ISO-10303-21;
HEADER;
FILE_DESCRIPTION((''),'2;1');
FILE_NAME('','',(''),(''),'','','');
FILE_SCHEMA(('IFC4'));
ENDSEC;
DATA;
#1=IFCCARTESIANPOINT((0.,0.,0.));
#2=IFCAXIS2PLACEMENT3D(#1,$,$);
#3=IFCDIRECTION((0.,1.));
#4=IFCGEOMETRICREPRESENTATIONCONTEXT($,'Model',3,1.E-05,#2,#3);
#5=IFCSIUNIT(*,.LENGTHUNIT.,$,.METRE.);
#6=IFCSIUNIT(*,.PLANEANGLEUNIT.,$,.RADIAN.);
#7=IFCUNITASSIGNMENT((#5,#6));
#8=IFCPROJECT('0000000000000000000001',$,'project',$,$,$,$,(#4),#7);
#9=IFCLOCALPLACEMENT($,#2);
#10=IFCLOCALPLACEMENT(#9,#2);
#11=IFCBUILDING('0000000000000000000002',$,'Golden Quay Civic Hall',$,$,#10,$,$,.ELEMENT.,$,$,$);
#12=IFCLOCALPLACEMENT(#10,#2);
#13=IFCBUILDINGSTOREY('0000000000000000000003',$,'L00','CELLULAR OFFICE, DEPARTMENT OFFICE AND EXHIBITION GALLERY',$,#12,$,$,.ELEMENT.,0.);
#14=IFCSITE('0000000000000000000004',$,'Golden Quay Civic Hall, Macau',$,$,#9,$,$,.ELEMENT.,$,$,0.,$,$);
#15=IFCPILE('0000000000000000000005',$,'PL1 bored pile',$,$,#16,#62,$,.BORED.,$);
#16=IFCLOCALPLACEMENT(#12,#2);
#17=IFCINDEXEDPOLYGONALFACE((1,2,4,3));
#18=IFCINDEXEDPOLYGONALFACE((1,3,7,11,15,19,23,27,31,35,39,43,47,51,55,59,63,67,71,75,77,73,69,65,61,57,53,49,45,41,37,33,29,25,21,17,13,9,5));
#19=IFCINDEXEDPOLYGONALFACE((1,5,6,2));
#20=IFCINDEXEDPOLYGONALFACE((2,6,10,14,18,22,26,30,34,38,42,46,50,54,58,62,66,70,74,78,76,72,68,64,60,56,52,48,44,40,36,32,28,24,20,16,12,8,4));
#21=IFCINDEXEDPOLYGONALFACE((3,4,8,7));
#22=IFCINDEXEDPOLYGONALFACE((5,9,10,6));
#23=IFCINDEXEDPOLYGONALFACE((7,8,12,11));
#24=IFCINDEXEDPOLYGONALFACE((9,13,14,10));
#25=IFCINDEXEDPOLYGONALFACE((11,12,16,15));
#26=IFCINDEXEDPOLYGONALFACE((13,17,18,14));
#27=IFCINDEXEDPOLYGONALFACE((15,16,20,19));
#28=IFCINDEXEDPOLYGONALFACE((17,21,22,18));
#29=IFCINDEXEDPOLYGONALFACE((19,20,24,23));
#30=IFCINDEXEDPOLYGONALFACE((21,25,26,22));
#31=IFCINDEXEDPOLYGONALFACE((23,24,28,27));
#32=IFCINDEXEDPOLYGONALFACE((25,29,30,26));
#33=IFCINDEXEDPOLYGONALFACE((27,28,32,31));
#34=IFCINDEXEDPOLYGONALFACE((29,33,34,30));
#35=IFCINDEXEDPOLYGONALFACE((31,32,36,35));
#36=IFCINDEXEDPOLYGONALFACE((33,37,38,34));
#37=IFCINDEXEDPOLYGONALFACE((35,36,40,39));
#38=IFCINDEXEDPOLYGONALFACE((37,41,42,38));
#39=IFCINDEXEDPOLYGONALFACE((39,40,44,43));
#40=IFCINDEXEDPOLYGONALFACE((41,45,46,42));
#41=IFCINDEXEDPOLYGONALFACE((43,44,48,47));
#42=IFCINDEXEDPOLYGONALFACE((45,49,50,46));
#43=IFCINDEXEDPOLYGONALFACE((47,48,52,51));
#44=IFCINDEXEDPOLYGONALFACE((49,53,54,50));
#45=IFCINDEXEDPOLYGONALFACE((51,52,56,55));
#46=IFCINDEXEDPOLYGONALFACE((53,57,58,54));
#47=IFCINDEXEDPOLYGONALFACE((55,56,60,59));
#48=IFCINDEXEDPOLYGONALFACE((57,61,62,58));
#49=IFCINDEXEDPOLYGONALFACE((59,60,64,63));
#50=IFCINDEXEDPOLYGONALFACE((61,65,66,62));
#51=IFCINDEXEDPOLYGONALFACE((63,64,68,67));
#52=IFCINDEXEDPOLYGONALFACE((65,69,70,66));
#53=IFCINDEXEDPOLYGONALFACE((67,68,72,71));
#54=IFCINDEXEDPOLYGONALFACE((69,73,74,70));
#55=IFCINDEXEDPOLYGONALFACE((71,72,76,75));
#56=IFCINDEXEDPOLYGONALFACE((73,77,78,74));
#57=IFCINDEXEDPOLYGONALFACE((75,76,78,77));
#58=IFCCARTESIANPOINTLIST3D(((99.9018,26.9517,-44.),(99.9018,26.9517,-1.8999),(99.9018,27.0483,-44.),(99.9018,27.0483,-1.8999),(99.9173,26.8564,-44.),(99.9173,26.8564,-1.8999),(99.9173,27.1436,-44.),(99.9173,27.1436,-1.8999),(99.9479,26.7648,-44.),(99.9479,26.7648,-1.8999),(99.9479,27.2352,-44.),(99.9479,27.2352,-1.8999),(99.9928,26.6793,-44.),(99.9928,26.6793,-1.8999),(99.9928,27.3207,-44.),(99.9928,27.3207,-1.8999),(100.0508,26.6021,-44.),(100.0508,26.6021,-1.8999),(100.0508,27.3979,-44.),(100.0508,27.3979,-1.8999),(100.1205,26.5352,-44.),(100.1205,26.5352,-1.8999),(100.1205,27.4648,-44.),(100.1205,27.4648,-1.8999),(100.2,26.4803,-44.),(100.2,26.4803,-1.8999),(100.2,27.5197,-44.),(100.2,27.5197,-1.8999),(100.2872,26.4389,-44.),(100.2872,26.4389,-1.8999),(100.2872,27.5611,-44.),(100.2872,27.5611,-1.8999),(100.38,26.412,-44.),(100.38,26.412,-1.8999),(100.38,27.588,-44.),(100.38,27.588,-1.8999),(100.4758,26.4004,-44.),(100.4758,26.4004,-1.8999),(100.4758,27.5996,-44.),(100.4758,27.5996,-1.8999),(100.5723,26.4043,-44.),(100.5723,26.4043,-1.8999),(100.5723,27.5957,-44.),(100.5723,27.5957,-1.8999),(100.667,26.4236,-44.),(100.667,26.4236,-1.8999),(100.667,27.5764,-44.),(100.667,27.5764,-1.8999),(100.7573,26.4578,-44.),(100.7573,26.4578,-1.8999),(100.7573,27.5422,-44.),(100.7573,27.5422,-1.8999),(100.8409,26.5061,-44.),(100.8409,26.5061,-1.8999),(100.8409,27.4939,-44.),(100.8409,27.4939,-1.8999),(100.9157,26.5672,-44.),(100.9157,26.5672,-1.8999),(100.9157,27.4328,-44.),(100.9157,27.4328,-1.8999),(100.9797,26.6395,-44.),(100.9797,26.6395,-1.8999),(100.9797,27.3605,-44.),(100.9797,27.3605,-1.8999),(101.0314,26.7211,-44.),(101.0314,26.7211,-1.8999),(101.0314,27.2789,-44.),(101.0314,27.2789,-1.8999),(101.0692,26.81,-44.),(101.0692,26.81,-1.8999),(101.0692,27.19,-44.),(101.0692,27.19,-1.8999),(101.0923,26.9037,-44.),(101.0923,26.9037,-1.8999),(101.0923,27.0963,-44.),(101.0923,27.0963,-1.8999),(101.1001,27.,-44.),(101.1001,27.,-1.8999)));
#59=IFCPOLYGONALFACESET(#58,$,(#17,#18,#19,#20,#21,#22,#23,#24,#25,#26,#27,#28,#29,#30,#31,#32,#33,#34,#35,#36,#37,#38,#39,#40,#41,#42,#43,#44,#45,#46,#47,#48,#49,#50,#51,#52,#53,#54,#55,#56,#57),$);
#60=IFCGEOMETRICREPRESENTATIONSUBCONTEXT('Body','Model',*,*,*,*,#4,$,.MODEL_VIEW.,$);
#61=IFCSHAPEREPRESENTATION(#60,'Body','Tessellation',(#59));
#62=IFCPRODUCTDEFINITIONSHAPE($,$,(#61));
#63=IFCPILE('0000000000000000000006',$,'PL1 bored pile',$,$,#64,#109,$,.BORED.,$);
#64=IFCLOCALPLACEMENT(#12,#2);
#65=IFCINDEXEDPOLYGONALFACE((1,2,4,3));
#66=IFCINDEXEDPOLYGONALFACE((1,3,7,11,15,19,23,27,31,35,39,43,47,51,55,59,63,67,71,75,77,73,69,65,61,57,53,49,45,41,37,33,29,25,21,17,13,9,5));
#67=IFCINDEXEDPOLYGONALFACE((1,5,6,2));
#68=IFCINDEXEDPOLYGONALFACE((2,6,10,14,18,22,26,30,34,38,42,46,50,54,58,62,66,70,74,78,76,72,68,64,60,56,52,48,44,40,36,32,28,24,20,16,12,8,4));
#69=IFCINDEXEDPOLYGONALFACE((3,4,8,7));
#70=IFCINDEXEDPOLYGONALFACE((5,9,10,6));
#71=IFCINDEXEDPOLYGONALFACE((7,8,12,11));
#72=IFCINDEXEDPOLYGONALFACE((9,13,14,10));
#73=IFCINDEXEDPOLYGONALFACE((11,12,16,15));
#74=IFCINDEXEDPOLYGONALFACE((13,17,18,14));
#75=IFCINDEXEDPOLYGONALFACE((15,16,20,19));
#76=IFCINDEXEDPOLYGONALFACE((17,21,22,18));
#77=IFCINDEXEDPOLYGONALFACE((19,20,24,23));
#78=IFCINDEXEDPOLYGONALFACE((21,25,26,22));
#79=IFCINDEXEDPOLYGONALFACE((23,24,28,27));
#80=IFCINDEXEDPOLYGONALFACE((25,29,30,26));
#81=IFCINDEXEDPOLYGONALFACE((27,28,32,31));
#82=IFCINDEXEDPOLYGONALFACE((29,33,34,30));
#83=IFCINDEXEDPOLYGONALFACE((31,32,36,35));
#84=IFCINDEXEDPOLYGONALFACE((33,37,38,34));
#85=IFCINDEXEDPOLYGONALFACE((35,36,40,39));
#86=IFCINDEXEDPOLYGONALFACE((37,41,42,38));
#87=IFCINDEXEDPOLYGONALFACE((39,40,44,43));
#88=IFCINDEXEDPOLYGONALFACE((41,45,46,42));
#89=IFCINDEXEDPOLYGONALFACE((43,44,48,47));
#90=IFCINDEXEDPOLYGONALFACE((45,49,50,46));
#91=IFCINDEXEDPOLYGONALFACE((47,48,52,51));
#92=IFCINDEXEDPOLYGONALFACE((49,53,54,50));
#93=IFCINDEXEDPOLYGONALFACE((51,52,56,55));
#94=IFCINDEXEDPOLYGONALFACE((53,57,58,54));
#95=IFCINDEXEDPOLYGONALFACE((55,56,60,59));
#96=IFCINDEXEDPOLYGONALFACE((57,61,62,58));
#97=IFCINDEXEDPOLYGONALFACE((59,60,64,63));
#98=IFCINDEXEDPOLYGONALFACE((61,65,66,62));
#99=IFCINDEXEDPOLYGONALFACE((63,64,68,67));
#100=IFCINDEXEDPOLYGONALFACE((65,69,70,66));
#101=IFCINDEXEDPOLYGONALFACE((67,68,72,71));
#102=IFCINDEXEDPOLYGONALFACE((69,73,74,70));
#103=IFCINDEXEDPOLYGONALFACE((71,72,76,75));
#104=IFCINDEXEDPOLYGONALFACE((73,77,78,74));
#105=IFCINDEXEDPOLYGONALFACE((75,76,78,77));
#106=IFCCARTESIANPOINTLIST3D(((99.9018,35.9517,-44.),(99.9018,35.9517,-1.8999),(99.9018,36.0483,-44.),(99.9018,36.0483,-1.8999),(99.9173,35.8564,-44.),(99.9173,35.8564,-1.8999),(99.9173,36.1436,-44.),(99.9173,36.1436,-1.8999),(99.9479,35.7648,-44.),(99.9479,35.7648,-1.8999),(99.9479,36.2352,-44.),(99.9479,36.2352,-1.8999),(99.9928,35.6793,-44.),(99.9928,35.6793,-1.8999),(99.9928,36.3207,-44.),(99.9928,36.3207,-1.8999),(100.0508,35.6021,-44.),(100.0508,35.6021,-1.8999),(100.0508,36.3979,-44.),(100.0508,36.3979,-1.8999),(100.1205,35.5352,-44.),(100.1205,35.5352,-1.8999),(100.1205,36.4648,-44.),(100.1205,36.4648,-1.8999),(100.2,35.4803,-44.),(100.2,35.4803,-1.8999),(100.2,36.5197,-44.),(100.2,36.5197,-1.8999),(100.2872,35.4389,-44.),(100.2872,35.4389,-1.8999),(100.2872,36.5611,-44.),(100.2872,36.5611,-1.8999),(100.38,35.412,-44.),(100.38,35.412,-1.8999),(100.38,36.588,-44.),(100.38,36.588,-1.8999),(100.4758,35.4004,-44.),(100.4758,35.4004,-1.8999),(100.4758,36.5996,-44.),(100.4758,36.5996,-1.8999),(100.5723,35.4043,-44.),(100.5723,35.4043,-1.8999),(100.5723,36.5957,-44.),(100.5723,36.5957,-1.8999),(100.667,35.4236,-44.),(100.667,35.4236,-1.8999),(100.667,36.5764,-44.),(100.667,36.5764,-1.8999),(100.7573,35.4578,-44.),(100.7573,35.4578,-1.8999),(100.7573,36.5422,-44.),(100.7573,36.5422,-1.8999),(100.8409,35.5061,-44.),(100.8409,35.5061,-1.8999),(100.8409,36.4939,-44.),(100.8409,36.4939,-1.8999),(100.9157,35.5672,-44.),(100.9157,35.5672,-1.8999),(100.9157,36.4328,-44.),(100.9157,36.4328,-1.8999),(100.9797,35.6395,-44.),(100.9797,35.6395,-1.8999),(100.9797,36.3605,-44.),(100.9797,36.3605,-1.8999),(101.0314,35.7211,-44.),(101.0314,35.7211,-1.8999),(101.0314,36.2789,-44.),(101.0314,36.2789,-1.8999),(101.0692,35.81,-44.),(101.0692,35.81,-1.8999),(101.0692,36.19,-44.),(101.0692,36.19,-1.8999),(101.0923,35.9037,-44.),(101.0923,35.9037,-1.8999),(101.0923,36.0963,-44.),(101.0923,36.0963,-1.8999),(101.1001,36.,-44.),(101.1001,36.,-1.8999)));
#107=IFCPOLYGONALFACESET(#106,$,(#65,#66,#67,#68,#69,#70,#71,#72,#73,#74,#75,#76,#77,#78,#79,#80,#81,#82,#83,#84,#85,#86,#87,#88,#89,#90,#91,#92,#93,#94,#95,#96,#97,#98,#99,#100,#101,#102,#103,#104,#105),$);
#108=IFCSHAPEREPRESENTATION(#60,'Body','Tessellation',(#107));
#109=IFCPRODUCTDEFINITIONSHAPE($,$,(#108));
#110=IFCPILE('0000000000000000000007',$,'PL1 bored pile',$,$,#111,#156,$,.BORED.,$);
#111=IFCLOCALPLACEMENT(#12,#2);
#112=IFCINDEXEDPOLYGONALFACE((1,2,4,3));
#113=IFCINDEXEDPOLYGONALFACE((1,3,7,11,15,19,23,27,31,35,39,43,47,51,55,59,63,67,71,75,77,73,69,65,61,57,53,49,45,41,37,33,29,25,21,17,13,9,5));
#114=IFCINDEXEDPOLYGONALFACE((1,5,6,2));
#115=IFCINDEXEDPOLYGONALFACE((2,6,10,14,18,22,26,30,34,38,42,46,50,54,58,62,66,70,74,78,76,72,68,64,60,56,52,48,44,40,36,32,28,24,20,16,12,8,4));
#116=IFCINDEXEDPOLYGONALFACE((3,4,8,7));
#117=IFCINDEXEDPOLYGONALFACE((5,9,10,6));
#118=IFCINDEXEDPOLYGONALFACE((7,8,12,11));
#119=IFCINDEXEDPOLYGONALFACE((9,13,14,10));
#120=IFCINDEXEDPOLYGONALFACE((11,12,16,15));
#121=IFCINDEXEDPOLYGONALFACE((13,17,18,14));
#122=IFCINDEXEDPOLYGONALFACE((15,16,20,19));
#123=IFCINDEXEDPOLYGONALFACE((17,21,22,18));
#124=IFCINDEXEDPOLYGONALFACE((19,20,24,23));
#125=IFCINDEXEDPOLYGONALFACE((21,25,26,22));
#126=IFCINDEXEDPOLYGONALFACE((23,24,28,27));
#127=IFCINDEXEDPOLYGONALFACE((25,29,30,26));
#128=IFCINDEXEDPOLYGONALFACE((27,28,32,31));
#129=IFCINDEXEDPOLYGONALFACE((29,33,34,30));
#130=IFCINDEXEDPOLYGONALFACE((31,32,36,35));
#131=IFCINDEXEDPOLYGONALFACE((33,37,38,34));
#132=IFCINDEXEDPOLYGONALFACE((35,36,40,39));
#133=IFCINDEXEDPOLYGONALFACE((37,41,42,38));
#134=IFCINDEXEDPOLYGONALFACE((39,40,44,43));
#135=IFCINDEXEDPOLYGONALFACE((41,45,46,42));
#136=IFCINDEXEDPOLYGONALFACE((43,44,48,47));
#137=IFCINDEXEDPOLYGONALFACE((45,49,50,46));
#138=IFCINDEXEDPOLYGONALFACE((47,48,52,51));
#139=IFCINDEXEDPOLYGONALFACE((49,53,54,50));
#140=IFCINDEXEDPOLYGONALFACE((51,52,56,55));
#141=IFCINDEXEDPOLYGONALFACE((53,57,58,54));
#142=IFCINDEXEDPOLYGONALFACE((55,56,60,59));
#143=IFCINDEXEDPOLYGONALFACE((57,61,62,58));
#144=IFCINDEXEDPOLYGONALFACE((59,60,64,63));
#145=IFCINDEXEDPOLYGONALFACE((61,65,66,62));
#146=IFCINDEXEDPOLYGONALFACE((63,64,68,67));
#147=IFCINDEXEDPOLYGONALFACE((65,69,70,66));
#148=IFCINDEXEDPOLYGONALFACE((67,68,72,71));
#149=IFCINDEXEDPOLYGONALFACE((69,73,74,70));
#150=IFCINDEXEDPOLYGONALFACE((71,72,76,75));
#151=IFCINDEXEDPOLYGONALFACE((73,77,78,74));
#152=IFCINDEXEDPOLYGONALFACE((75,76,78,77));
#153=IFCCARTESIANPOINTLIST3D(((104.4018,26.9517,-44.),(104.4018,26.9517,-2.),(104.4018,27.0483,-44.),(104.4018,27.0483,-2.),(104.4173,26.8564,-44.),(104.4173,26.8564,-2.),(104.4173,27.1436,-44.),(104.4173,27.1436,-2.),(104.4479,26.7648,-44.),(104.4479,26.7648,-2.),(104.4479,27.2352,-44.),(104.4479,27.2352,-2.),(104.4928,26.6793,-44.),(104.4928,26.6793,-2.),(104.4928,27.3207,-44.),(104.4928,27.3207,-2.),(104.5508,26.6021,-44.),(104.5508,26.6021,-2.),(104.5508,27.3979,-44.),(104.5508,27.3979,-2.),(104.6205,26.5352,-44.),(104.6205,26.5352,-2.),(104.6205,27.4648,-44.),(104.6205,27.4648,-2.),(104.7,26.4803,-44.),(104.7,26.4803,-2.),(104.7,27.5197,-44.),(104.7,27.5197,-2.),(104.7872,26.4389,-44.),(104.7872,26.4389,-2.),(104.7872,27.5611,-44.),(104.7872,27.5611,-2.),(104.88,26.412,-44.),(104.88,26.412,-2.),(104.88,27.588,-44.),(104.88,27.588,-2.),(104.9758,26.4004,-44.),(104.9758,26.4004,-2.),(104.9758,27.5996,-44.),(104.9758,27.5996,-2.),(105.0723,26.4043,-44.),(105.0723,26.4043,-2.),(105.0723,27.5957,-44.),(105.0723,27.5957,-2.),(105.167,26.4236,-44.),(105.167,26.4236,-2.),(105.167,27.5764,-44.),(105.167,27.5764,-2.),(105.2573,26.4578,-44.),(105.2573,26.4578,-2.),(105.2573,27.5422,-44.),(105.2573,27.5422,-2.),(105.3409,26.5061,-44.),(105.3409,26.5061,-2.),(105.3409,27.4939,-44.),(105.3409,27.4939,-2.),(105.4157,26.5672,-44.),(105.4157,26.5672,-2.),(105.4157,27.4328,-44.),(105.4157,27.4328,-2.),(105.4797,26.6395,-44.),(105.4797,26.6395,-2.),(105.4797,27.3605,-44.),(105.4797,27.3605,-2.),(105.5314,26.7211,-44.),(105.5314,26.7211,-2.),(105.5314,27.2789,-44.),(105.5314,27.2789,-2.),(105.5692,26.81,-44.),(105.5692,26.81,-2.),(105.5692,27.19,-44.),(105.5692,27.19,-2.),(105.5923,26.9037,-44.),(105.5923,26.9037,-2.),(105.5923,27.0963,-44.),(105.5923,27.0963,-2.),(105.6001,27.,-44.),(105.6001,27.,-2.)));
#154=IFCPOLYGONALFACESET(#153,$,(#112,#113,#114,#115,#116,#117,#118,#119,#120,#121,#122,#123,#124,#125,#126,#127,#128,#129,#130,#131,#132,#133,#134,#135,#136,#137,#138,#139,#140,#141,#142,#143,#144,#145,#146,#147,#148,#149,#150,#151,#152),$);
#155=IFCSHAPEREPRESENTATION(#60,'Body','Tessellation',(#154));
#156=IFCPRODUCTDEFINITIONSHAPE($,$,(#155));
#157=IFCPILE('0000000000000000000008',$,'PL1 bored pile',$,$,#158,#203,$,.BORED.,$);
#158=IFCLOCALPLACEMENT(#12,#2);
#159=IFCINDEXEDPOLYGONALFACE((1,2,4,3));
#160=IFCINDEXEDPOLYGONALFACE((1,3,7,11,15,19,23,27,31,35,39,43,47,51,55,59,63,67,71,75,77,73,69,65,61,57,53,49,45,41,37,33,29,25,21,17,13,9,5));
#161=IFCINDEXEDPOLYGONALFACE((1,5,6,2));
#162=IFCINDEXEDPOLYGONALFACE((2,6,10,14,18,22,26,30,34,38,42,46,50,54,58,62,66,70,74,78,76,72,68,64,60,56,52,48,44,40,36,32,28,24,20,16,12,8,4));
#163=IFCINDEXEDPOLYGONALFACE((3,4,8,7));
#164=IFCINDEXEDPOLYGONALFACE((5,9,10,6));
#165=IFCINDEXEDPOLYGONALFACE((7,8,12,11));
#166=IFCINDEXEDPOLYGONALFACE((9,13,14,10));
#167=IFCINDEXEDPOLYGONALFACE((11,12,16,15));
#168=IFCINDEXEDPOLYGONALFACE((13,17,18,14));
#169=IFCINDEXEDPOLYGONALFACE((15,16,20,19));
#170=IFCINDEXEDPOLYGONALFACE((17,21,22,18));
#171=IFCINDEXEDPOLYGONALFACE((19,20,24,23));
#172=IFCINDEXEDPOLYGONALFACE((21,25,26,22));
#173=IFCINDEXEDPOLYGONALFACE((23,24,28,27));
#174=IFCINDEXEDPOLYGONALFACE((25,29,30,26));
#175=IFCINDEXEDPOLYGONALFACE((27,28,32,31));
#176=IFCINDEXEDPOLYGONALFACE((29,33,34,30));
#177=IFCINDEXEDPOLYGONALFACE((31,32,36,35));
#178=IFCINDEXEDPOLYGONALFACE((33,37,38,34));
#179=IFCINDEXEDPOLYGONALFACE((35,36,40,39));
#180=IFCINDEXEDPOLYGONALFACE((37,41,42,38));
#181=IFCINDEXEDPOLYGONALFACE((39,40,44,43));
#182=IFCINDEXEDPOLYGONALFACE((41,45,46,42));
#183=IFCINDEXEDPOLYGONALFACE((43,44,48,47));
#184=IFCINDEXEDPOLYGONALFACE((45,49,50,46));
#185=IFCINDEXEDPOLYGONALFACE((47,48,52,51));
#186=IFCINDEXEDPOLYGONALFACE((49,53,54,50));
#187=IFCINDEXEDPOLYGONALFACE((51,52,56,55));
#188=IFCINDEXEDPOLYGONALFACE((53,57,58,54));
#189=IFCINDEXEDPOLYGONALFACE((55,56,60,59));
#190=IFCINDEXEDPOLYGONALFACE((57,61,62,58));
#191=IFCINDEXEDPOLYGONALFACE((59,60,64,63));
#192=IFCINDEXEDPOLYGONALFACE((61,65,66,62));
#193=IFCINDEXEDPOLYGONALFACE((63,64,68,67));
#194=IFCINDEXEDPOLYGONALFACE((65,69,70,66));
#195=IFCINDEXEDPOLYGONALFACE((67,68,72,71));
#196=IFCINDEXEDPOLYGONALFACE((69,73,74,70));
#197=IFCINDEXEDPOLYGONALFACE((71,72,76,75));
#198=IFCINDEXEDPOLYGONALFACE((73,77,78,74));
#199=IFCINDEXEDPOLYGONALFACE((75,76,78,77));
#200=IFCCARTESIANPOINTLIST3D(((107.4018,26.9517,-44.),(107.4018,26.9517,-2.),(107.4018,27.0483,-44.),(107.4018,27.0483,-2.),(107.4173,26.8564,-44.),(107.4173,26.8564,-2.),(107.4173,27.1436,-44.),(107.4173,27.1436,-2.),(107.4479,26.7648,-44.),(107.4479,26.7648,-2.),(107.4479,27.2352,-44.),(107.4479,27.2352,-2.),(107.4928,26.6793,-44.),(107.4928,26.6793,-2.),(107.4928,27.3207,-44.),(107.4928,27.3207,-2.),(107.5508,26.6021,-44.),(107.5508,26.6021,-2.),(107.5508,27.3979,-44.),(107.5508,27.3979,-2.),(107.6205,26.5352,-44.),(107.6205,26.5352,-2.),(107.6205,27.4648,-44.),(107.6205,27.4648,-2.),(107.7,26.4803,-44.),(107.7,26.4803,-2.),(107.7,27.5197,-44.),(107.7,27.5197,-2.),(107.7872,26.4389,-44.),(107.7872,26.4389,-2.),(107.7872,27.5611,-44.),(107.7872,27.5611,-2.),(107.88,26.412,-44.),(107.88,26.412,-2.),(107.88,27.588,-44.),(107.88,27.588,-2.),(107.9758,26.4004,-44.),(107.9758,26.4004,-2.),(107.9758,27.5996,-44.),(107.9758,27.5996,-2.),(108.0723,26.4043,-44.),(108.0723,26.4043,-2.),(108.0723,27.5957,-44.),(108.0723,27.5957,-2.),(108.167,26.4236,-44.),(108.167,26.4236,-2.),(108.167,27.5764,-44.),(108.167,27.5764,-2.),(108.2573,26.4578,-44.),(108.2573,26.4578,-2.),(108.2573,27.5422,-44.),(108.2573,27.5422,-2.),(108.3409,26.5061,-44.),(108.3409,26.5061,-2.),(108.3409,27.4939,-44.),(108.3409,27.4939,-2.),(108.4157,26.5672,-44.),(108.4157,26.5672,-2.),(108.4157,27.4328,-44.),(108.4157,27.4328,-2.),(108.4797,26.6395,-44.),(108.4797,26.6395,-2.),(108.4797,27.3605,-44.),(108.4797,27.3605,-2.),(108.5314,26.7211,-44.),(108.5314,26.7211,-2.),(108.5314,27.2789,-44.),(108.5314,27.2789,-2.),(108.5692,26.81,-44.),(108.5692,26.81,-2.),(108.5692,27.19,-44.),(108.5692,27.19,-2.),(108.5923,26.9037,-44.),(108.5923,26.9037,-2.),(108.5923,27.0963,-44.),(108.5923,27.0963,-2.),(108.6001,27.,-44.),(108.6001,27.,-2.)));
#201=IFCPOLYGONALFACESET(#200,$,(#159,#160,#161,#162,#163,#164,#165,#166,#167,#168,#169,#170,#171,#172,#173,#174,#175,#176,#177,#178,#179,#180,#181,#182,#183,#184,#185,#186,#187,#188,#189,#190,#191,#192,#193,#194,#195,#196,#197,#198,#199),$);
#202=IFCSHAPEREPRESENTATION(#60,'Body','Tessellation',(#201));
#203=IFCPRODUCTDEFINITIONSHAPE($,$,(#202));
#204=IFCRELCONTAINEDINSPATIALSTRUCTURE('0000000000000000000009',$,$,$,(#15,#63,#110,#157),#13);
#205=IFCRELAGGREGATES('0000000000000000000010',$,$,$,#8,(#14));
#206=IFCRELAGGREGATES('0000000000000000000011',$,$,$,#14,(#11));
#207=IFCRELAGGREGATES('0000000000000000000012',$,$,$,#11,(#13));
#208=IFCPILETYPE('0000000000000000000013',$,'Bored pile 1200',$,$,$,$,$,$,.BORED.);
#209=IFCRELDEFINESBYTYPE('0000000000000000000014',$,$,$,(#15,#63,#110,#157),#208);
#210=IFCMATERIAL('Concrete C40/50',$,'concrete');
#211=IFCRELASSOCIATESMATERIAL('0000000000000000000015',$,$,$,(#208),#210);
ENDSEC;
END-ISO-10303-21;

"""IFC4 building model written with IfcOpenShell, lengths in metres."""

from ifc_helpers import new_model, si_unit, direction, frame, origin, origin_2d, place, context, subcontext, project, spatial, circle, extrude, material, material_profile, profile_set, type_object, element, save


model = new_model("IFC4")

# Units and contexts
model_context = context("Model", 3, precision=1e-05, world=origin(), true_north=direction((0.0, 1.0)))
body_context = subcontext(model_context, "Body", "Model", "MODEL_VIEW")
ifc_project = project(units=[si_unit("LENGTHUNIT", "METRE"), si_unit("PLANEANGLEUNIT", "RADIAN")], contexts=[model_context])

# Site, building, storey
site_placement = place(None, origin())
site = spatial("IfcSite", under=ifc_project, at=site_placement, Name="Golden Quay Civic Hall, Macau", CompositionType="ELEMENT", RefElevation=0.0)
building_placement = place(site_placement, origin())
building = spatial("IfcBuilding", under=site, at=building_placement, Name="Golden Quay Civic Hall", CompositionType="ELEMENT")
storey_placement = place(building_placement, origin())
storey = spatial("IfcBuildingStorey", under=building, at=storey_placement, Name="L00", Description="CELLULAR OFFICE, DEPARTMENT OFFICE AND EXHIBITION GALLERY", CompositionType="ELEMENT", Elevation=0.0)

# Piles
ifc_material_1 = material(Name="Concrete C40/50", Category="concrete")
ifc_material_profile_1 = material_profile(ifc_material_1, circle(Radius=0.6001, at=origin_2d()), Name="RC D1200")
ifc_profile_set_1 = profile_set([ifc_material_profile_1], Name="Concrete C40/50")
pile_type = type_object("IfcPileType", Name="Bored pile 1200", PredefinedType="BORED", material=ifc_profile_set_1)
for number, where, z_axis, x_axis, name in (
    (1, (100.5, 27.0, -1.8999), (0.0, 0.0, -1.0), (1.0, 0.0, 0.0), "PL1 bored pile"),
    (2, (100.5, 36.0, -1.8999), (0.0, 0.0, -1.0), (1.0, 0.0, 0.0), "PL1 bored pile"),
):
    element("IfcPile", number, at=place(storey_placement, frame(where, z_axis=z_axis, x_axis=x_axis)), inside=storey, type_object=pile_type, Name=name, PredefinedType="BORED", context=body_context, shape_type="SweptSolid", body=[
        extrude(circle(Radius=0.6001, at=origin_2d()), origin(), (0.0, 0.0, 1.0), 42.1001),
    ])
for number, where, z_axis, x_axis, name in (
    (3, (105.0, 27.0, -2.0), (0.0, 0.0, -1.0), (1.0, 0.0, 0.0), "PL1 bored pile"),
    (4, (108.0, 27.0, -2.0), (0.0, 0.0, -1.0), (1.0, 0.0, 0.0), "PL1 bored pile"),
):
    element("IfcPile", number, at=place(storey_placement, frame(where, z_axis=z_axis, x_axis=x_axis)), inside=storey, type_object=pile_type, Name=name, PredefinedType="BORED", context=body_context, shape_type="SweptSolid", body=[
        extrude(circle(Radius=0.6001, at=origin_2d()), origin(), (0.0, 0.0, 1.0), 42.0),
    ])

save(model, "model.ifc")
